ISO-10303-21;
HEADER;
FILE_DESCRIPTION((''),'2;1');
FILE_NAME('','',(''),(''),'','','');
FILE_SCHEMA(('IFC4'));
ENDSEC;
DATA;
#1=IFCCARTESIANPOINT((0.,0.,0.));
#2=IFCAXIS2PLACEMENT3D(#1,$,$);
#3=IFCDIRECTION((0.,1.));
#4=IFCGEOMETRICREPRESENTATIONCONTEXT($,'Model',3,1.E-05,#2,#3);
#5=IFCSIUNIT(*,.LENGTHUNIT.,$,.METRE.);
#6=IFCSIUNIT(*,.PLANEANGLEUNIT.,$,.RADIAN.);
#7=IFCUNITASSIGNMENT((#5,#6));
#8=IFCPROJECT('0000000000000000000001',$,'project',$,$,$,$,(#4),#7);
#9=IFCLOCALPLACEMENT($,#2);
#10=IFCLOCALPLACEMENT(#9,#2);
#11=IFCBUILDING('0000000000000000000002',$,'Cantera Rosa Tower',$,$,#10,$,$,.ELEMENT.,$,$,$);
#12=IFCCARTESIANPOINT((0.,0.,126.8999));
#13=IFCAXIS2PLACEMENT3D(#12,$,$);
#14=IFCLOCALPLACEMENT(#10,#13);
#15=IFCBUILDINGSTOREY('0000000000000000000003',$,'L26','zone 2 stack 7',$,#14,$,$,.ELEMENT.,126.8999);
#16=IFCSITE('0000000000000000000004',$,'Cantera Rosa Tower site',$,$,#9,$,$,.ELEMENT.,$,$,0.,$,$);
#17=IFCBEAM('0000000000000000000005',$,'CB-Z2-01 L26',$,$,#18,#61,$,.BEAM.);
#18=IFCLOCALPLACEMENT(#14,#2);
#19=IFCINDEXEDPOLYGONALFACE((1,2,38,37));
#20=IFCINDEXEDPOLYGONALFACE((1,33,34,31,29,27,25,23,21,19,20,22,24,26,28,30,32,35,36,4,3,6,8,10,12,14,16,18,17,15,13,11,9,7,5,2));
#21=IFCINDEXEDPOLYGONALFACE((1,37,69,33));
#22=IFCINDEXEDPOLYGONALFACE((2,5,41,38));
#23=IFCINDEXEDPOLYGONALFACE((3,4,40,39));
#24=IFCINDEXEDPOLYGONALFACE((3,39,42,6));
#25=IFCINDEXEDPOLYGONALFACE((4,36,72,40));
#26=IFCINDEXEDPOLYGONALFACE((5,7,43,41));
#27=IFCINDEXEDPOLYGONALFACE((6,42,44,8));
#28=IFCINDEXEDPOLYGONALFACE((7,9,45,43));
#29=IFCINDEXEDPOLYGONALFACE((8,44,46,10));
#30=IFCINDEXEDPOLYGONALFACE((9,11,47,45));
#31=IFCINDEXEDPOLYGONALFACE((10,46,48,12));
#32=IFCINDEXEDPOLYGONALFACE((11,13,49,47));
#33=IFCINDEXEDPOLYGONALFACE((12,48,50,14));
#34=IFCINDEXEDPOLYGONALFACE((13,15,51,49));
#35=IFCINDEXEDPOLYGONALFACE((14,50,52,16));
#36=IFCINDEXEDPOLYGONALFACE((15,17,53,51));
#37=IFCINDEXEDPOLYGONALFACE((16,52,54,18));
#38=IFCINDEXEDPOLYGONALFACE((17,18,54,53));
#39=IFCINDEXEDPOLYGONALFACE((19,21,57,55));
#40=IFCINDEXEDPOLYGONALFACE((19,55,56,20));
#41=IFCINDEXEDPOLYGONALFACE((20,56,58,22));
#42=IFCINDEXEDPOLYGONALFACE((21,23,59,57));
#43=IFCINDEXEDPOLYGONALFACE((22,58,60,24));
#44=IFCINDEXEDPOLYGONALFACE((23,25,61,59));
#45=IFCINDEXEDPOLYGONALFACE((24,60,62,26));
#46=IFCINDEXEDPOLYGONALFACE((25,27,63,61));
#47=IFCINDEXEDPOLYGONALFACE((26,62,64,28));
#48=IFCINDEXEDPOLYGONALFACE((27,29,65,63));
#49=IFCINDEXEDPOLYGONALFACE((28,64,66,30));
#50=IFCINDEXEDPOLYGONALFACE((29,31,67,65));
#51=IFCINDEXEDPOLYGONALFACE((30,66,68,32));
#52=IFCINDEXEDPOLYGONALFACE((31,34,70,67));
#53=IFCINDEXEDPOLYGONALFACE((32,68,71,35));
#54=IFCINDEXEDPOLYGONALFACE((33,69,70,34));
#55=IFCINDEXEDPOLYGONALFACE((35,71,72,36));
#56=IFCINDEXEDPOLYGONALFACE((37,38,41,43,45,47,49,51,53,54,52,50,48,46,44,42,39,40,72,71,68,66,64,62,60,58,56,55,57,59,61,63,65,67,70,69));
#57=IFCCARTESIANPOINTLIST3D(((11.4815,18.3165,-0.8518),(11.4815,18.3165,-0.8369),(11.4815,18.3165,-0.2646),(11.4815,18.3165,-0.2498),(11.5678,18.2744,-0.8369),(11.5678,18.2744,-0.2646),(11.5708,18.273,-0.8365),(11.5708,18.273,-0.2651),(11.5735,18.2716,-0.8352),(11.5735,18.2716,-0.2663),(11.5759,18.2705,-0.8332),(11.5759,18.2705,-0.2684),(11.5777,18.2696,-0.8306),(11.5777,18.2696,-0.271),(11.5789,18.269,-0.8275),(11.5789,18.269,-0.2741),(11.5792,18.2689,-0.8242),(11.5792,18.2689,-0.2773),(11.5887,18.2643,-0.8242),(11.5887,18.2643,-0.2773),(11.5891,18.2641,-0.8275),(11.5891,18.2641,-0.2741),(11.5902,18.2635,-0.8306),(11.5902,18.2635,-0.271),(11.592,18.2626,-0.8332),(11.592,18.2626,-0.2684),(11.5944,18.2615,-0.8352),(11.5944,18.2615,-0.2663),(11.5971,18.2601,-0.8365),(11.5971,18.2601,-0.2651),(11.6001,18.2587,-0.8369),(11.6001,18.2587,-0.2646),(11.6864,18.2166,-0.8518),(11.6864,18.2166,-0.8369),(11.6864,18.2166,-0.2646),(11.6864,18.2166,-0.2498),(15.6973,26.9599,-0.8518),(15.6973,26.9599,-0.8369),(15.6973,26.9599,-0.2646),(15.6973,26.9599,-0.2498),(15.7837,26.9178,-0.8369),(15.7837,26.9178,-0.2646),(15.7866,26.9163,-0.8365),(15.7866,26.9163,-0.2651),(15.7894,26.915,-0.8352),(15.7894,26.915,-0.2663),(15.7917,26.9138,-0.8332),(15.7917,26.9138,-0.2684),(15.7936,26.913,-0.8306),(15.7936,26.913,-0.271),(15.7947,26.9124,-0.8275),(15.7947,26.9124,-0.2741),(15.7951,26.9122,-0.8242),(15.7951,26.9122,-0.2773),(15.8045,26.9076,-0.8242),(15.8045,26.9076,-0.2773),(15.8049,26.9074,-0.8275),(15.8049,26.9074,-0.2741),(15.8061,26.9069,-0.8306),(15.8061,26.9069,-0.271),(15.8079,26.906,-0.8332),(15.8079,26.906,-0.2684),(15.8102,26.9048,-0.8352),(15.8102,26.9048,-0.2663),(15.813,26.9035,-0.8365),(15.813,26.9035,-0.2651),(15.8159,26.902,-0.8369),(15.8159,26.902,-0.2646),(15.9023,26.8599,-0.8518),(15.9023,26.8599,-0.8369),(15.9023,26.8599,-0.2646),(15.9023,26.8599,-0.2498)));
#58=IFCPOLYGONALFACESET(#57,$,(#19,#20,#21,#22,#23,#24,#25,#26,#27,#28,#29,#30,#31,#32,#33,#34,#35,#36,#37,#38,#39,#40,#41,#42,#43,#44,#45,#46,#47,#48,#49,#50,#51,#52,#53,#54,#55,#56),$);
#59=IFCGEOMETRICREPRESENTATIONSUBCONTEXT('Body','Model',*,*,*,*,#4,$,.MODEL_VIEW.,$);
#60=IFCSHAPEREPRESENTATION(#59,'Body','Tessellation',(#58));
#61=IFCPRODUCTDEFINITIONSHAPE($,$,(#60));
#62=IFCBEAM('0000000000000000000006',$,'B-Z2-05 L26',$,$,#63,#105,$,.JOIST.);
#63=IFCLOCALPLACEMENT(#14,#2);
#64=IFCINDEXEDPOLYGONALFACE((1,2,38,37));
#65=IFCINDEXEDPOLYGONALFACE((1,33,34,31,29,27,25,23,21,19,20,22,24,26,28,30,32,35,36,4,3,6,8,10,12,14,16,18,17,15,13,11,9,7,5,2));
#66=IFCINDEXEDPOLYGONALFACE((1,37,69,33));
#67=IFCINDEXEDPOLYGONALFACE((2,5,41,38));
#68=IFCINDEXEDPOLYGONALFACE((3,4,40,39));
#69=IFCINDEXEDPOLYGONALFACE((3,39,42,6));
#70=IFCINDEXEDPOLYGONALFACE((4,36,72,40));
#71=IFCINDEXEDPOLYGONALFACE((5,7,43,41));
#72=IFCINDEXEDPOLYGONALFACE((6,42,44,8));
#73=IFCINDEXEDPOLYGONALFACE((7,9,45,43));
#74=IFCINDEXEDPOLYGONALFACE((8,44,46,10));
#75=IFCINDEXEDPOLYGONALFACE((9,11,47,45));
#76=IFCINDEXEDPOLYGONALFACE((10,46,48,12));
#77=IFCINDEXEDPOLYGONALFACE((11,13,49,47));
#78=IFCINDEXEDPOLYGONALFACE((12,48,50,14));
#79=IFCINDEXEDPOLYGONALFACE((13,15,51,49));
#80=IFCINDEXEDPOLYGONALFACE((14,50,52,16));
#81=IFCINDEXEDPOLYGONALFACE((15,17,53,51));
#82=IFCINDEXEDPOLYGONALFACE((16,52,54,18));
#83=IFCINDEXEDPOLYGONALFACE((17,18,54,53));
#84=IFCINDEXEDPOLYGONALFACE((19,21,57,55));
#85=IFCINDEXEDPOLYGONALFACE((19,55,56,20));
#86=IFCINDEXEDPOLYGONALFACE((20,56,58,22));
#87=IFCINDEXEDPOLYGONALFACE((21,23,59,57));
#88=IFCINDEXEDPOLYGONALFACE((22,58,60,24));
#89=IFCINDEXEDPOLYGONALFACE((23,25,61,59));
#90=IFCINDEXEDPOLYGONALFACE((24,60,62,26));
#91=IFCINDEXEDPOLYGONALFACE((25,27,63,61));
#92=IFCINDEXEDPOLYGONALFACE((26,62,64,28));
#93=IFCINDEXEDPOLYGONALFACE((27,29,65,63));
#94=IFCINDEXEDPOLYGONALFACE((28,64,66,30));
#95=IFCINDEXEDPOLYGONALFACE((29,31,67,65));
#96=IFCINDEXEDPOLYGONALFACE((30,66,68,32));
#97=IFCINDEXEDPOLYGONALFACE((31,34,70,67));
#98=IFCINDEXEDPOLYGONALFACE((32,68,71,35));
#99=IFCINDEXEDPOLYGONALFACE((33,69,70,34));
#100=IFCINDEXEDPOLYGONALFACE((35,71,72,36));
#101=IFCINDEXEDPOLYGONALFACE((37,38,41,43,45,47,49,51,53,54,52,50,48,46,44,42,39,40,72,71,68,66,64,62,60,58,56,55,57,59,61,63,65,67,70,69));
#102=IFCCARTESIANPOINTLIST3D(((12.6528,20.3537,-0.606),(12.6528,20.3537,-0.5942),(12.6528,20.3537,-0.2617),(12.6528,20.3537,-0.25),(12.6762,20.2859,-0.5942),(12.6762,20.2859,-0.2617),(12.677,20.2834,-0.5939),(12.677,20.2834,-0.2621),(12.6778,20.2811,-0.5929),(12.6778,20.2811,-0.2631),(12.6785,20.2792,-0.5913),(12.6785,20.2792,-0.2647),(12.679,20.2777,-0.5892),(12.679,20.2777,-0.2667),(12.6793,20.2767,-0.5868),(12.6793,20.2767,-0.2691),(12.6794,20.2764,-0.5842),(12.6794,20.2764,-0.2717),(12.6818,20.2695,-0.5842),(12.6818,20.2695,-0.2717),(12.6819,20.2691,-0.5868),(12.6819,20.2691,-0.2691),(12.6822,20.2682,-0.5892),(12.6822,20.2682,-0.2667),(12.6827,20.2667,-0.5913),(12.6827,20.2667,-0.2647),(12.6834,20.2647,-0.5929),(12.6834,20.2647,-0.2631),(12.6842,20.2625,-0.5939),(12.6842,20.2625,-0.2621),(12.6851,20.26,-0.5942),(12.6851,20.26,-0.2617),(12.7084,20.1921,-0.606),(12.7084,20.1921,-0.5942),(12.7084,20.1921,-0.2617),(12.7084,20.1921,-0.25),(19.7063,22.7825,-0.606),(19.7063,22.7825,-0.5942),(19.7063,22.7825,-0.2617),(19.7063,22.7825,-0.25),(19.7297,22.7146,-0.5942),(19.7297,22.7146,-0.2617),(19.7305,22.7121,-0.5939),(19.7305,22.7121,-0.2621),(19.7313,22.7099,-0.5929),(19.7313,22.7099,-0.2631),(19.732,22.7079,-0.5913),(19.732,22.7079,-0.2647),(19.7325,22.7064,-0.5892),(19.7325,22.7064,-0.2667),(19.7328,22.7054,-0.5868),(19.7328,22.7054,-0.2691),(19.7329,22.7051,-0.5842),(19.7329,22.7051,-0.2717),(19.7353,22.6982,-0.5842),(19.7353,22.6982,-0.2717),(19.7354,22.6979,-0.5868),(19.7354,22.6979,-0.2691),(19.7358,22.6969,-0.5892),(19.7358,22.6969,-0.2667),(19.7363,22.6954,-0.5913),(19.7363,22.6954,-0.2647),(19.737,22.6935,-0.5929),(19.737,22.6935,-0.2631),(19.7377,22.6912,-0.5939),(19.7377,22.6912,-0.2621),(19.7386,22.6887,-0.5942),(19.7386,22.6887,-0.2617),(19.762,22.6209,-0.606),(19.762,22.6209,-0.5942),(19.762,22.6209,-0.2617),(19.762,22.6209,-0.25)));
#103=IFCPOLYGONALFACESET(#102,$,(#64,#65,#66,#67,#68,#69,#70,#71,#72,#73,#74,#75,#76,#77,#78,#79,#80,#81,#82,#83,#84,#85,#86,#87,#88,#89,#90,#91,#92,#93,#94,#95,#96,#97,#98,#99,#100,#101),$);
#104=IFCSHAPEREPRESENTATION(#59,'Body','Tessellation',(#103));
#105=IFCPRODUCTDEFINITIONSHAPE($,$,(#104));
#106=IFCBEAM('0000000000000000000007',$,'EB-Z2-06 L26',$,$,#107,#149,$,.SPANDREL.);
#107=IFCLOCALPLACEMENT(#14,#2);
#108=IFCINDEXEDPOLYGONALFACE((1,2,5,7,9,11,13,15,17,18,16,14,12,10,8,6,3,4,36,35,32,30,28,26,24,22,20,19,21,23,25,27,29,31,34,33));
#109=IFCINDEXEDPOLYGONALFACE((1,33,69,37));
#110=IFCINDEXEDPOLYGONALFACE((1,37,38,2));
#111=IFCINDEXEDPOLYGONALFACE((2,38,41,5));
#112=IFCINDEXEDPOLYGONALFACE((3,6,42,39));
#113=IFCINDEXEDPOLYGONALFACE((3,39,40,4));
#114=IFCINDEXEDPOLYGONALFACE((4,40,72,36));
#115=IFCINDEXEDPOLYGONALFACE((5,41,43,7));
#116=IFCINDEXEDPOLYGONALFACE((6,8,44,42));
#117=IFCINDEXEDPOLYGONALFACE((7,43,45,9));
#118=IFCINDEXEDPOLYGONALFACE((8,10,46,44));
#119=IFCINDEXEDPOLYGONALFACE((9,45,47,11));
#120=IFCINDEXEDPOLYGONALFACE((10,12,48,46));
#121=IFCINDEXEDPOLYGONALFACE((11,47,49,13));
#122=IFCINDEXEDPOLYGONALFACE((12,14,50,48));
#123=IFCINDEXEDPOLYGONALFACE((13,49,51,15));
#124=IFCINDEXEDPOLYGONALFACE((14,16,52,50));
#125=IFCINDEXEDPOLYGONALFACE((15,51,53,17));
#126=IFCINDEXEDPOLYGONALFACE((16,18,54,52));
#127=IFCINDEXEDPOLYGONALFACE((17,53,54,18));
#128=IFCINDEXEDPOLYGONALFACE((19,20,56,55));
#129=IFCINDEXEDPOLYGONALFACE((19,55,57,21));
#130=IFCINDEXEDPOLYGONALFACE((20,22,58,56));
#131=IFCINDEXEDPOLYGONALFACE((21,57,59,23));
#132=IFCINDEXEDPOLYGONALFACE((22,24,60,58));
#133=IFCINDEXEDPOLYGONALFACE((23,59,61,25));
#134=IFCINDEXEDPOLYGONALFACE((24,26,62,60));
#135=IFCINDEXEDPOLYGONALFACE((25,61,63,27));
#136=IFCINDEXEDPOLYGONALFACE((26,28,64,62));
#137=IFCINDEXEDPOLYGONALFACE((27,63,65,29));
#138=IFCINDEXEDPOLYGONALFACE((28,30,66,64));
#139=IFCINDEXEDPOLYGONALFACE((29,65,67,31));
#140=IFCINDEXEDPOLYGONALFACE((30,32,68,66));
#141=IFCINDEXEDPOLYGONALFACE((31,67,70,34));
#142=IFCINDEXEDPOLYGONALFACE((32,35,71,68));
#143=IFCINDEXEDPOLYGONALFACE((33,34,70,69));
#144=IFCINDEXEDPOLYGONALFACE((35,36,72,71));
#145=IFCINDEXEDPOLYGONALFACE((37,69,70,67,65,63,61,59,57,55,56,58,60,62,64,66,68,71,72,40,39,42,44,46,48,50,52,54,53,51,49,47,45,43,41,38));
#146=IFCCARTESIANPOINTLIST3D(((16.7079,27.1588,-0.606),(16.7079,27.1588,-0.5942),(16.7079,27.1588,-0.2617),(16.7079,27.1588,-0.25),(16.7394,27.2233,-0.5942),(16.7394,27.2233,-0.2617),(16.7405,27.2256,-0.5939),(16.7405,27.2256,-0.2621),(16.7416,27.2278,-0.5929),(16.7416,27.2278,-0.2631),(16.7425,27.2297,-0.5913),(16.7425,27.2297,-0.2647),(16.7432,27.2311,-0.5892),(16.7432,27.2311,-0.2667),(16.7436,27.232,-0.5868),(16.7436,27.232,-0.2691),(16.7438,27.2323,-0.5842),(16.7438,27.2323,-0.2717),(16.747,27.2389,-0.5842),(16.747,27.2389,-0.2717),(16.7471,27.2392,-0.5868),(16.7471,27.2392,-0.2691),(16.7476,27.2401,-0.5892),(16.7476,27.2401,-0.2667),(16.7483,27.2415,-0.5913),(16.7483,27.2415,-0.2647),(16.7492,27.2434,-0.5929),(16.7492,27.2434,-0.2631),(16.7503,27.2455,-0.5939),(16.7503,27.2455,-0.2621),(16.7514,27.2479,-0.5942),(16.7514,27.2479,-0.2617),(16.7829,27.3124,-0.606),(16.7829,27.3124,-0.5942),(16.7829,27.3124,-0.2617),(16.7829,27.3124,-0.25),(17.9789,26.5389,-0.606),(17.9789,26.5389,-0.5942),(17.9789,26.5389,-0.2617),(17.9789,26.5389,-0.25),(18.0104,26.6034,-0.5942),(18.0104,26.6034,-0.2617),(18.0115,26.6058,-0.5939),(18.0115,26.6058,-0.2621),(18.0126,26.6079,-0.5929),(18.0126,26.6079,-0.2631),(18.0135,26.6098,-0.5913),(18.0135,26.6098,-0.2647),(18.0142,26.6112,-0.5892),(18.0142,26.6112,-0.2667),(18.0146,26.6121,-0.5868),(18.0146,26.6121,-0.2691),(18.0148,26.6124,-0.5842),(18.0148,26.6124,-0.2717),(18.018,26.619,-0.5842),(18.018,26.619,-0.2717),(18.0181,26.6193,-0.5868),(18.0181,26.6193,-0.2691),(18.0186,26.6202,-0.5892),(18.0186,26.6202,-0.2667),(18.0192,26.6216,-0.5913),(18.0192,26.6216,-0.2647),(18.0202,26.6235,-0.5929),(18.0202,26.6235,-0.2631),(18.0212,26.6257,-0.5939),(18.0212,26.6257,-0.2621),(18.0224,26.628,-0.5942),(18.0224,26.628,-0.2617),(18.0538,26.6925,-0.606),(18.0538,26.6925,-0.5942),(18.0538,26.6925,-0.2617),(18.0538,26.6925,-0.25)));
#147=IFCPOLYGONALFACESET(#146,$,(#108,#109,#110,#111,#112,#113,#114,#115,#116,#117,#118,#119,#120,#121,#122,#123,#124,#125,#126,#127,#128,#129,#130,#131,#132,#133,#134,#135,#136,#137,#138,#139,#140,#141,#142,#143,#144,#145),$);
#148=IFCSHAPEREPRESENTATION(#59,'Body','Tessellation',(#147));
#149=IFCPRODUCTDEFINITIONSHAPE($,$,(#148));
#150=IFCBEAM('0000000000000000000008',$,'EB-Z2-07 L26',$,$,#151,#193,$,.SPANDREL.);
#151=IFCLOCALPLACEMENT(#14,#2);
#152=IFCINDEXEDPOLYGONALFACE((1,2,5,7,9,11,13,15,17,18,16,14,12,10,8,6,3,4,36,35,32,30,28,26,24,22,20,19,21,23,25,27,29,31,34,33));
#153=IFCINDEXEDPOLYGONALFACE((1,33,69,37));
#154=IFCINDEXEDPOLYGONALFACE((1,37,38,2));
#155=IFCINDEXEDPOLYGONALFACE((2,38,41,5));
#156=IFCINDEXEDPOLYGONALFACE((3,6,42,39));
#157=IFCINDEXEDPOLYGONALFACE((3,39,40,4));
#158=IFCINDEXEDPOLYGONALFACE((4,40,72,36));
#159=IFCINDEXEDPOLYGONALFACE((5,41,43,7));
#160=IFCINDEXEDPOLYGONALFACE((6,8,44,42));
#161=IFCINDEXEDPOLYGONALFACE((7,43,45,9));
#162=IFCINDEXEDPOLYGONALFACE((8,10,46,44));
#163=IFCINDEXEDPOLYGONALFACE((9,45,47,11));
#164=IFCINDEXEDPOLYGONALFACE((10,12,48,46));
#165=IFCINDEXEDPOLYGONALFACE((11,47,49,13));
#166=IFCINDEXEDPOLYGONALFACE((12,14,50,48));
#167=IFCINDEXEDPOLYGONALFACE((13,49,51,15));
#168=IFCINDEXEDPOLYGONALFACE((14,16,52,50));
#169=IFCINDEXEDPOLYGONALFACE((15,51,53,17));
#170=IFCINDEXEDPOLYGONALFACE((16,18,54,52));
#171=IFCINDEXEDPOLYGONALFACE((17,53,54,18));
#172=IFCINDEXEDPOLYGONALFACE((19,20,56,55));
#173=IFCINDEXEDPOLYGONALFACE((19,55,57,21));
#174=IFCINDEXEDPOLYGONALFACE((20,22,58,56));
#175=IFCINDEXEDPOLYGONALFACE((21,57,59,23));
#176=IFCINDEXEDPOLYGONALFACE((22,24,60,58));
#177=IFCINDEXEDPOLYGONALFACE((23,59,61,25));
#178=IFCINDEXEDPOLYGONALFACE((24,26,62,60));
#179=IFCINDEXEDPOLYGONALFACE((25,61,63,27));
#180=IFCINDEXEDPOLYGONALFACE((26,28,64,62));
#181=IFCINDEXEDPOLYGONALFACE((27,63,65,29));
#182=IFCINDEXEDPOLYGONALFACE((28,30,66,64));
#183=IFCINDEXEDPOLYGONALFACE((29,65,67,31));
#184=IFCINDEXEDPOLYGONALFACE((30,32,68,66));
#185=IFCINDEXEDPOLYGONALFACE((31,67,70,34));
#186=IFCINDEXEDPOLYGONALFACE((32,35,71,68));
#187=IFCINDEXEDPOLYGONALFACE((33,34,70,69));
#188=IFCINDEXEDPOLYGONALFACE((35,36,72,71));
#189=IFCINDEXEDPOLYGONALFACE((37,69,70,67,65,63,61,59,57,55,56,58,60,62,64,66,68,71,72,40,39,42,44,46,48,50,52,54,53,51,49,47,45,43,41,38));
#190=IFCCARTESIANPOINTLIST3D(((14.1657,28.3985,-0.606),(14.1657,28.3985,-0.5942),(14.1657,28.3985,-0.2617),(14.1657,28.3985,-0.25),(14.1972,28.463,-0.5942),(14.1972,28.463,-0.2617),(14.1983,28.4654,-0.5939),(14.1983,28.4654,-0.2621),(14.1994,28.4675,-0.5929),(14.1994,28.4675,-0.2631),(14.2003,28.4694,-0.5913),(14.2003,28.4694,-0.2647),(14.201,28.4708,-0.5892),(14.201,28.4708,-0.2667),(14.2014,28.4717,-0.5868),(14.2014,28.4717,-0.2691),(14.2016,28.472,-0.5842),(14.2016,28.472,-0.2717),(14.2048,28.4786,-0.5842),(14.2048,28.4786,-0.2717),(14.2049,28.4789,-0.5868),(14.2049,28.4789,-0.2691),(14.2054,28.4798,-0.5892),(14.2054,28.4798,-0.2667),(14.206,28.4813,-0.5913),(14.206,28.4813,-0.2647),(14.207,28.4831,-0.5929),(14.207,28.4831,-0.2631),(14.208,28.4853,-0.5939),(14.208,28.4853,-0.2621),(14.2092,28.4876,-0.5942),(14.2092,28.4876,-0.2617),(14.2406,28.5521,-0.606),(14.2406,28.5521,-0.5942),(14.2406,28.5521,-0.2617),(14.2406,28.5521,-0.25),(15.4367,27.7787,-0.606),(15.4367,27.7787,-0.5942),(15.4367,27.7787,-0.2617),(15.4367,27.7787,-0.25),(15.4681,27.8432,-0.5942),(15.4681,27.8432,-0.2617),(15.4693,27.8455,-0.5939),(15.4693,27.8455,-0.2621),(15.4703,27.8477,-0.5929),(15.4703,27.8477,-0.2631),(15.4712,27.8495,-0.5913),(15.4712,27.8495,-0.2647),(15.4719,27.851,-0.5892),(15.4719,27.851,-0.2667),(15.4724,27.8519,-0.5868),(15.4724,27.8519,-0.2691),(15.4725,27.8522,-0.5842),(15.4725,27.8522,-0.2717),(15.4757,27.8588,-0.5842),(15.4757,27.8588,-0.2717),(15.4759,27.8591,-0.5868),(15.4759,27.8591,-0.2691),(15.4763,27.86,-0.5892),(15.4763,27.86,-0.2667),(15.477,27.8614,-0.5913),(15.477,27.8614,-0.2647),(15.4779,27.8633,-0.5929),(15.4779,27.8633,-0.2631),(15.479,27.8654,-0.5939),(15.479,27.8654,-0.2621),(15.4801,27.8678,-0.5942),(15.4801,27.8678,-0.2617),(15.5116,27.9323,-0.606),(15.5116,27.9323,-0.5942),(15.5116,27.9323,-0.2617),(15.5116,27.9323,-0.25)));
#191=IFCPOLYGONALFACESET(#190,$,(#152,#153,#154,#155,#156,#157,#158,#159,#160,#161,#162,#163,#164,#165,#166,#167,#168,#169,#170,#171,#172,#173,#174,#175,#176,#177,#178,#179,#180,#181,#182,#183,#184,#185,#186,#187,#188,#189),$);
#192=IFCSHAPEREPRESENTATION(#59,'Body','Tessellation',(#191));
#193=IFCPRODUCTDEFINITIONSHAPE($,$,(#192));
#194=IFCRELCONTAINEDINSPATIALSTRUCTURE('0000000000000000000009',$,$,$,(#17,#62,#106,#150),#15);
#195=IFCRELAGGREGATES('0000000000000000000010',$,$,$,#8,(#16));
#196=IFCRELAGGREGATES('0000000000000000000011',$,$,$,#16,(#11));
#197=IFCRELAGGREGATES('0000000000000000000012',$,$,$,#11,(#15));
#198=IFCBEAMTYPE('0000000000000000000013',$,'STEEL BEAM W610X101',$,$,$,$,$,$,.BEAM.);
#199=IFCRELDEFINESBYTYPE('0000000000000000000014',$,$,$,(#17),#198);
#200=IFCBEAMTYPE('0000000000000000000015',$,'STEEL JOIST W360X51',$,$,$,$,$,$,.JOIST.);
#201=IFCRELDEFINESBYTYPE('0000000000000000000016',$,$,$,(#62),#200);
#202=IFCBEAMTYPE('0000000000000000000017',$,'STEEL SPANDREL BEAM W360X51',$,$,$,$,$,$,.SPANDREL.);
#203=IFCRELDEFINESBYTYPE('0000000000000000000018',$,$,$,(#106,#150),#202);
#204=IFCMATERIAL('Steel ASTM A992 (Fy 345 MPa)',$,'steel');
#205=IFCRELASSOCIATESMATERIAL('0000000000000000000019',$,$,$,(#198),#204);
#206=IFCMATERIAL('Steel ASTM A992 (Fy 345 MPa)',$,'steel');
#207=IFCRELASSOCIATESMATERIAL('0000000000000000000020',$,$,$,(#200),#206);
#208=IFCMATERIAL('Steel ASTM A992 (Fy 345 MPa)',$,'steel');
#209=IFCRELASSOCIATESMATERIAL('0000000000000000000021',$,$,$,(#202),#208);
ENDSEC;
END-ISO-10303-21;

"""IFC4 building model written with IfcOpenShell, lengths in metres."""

from ifc_helpers import new_model, si_unit, direction, frame, origin, origin_2d, place, context, subcontext, project, spatial, i_section, extrude, material, material_profile, profile_set, type_object, element, save


model = new_model("IFC4")

# Units and contexts
model_context = context("Model", 3, precision=1e-05, world=origin(), true_north=direction((0.0, 1.0)))
body_context = subcontext(model_context, "Body", "Model", "MODEL_VIEW")
ifc_project = project(units=[si_unit("LENGTHUNIT", "METRE"), si_unit("PLANEANGLEUNIT", "RADIAN")], contexts=[model_context])

# Site, building, storey
site_placement = place(None, origin())
site = spatial("IfcSite", under=ifc_project, at=site_placement, Name="Cantera Rosa Tower site", CompositionType="ELEMENT", RefElevation=0.0)
building_placement = place(site_placement, origin())
building = spatial("IfcBuilding", under=site, at=building_placement, Name="Cantera Rosa Tower", CompositionType="ELEMENT")
storey_placement = place(building_placement, frame((0.0, 0.0, 126.8999)))
storey = spatial("IfcBuildingStorey", under=building, at=storey_placement, Name="L26", Description="zone 2 stack 7", CompositionType="ELEMENT", Elevation=126.8999)

# Beams
ifc_material_1 = material(Name="Steel ASTM A992 (Fy 345 MPa)", Category="steel")
ifc_material_profile_1 = material_profile(ifc_material_1, i_section(OverallWidth=0.228, OverallDepth=0.6021, WebThickness=0.0105, FlangeThickness=0.0149, FilletRadius=0.0127, at=origin_2d()), Name="W610X101")
ifc_profile_set_1 = profile_set([ifc_material_profile_1], Name="Steel ASTM A992 (Fy 345 MPa)")
beam_type_1 = type_object("IfcBeamType", Name="STEEL BEAM W610X101", PredefinedType="BEAM", material=ifc_profile_set_1)
beam_1_placement = place(storey_placement, frame((15.7998, 26.9099, -0.5508), z_axis=(-0.438388, -0.898786, 0.0), x_axis=(0.898786, -0.438388, 0.0)))
element("IfcBeam", 1, at=beam_1_placement, inside=storey, type_object=beam_type_1, Name="CB-Z2-01 L26", PredefinedType="BEAM", context=body_context, shape_type="SweptSolid", body=[
    extrude(i_section(OverallWidth=0.228, OverallDepth=0.6021, WebThickness=0.0105, FlangeThickness=0.0149, FilletRadius=0.0127, at=origin_2d()), origin(), (0.0, 0.0, 1.0), 9.6167),
])
ifc_material_2 = material(Name="Steel ASTM A992 (Fy 345 MPa)", Category="steel")
ifc_material_profile_2 = material_profile(ifc_material_2, i_section(OverallWidth=0.1709, OverallDepth=0.356, WebThickness=0.0073, FlangeThickness=0.0117, FilletRadius=0.01, at=origin_2d()), Name="W360X51")
ifc_profile_set_2 = profile_set([ifc_material_profile_2], Name="Steel ASTM A992 (Fy 345 MPa)")
beam_type_2 = type_object("IfcBeamType", Name="STEEL JOIST W360X51", PredefinedType="JOIST", material=ifc_profile_set_2)
beam_2_placement = place(storey_placement, frame((19.7341, 22.7017, -0.428), z_axis=(-0.945518, -0.325569, 0.0), x_axis=(0.325569, -0.945518, 0.0)))
element("IfcBeam", 2, at=beam_2_placement, inside=storey, type_object=beam_type_2, Name="B-Z2-05 L26", PredefinedType="JOIST", context=body_context, shape_type="SweptSolid", body=[
    extrude(i_section(OverallWidth=0.1709, OverallDepth=0.356, WebThickness=0.0073, FlangeThickness=0.0117, FilletRadius=0.01, at=origin_2d()), origin(), (0.0, 0.0, 1.0), 7.46),
])
ifc_material_3 = material(Name="Steel ASTM A992 (Fy 345 MPa)", Category="steel")
ifc_material_profile_3 = material_profile(ifc_material_3, i_section(OverallWidth=0.1709, OverallDepth=0.356, WebThickness=0.0073, FlangeThickness=0.0117, FilletRadius=0.01, at=origin_2d()), Name="W360X51")
ifc_profile_set_3 = profile_set([ifc_material_profile_3], Name="Steel ASTM A992 (Fy 345 MPa)")
beam_type_3 = type_object("IfcBeamType", Name="STEEL SPANDREL BEAM W360X51", PredefinedType="SPANDREL", material=ifc_profile_set_3)
for number, where, z_axis, x_axis, name in (
    (3, (18.0164, 26.6157, -0.428), (-0.898803, 0.438352, 0.0), (-0.438352, -0.898803, 0.0), "EB-Z2-06 L26"),
    (4, (15.4741, 27.8555, -0.428), (-0.898803, 0.438352, 0.0), (-0.438352, -0.898803, 0.0), "EB-Z2-07 L26"),
):
    element("IfcBeam", number, at=place(storey_placement, frame(where, z_axis=z_axis, x_axis=x_axis)), inside=storey, type_object=beam_type_3, Name=name, PredefinedType="SPANDREL", context=body_context, shape_type="SweptSolid", body=[
        extrude(i_section(OverallWidth=0.1709, OverallDepth=0.356, WebThickness=0.0073, FlangeThickness=0.0117, FilletRadius=0.01, at=origin_2d()), origin(), (0.0, 0.0, 1.0), 1.4141),
    ])

save(model, "model.ifc")
